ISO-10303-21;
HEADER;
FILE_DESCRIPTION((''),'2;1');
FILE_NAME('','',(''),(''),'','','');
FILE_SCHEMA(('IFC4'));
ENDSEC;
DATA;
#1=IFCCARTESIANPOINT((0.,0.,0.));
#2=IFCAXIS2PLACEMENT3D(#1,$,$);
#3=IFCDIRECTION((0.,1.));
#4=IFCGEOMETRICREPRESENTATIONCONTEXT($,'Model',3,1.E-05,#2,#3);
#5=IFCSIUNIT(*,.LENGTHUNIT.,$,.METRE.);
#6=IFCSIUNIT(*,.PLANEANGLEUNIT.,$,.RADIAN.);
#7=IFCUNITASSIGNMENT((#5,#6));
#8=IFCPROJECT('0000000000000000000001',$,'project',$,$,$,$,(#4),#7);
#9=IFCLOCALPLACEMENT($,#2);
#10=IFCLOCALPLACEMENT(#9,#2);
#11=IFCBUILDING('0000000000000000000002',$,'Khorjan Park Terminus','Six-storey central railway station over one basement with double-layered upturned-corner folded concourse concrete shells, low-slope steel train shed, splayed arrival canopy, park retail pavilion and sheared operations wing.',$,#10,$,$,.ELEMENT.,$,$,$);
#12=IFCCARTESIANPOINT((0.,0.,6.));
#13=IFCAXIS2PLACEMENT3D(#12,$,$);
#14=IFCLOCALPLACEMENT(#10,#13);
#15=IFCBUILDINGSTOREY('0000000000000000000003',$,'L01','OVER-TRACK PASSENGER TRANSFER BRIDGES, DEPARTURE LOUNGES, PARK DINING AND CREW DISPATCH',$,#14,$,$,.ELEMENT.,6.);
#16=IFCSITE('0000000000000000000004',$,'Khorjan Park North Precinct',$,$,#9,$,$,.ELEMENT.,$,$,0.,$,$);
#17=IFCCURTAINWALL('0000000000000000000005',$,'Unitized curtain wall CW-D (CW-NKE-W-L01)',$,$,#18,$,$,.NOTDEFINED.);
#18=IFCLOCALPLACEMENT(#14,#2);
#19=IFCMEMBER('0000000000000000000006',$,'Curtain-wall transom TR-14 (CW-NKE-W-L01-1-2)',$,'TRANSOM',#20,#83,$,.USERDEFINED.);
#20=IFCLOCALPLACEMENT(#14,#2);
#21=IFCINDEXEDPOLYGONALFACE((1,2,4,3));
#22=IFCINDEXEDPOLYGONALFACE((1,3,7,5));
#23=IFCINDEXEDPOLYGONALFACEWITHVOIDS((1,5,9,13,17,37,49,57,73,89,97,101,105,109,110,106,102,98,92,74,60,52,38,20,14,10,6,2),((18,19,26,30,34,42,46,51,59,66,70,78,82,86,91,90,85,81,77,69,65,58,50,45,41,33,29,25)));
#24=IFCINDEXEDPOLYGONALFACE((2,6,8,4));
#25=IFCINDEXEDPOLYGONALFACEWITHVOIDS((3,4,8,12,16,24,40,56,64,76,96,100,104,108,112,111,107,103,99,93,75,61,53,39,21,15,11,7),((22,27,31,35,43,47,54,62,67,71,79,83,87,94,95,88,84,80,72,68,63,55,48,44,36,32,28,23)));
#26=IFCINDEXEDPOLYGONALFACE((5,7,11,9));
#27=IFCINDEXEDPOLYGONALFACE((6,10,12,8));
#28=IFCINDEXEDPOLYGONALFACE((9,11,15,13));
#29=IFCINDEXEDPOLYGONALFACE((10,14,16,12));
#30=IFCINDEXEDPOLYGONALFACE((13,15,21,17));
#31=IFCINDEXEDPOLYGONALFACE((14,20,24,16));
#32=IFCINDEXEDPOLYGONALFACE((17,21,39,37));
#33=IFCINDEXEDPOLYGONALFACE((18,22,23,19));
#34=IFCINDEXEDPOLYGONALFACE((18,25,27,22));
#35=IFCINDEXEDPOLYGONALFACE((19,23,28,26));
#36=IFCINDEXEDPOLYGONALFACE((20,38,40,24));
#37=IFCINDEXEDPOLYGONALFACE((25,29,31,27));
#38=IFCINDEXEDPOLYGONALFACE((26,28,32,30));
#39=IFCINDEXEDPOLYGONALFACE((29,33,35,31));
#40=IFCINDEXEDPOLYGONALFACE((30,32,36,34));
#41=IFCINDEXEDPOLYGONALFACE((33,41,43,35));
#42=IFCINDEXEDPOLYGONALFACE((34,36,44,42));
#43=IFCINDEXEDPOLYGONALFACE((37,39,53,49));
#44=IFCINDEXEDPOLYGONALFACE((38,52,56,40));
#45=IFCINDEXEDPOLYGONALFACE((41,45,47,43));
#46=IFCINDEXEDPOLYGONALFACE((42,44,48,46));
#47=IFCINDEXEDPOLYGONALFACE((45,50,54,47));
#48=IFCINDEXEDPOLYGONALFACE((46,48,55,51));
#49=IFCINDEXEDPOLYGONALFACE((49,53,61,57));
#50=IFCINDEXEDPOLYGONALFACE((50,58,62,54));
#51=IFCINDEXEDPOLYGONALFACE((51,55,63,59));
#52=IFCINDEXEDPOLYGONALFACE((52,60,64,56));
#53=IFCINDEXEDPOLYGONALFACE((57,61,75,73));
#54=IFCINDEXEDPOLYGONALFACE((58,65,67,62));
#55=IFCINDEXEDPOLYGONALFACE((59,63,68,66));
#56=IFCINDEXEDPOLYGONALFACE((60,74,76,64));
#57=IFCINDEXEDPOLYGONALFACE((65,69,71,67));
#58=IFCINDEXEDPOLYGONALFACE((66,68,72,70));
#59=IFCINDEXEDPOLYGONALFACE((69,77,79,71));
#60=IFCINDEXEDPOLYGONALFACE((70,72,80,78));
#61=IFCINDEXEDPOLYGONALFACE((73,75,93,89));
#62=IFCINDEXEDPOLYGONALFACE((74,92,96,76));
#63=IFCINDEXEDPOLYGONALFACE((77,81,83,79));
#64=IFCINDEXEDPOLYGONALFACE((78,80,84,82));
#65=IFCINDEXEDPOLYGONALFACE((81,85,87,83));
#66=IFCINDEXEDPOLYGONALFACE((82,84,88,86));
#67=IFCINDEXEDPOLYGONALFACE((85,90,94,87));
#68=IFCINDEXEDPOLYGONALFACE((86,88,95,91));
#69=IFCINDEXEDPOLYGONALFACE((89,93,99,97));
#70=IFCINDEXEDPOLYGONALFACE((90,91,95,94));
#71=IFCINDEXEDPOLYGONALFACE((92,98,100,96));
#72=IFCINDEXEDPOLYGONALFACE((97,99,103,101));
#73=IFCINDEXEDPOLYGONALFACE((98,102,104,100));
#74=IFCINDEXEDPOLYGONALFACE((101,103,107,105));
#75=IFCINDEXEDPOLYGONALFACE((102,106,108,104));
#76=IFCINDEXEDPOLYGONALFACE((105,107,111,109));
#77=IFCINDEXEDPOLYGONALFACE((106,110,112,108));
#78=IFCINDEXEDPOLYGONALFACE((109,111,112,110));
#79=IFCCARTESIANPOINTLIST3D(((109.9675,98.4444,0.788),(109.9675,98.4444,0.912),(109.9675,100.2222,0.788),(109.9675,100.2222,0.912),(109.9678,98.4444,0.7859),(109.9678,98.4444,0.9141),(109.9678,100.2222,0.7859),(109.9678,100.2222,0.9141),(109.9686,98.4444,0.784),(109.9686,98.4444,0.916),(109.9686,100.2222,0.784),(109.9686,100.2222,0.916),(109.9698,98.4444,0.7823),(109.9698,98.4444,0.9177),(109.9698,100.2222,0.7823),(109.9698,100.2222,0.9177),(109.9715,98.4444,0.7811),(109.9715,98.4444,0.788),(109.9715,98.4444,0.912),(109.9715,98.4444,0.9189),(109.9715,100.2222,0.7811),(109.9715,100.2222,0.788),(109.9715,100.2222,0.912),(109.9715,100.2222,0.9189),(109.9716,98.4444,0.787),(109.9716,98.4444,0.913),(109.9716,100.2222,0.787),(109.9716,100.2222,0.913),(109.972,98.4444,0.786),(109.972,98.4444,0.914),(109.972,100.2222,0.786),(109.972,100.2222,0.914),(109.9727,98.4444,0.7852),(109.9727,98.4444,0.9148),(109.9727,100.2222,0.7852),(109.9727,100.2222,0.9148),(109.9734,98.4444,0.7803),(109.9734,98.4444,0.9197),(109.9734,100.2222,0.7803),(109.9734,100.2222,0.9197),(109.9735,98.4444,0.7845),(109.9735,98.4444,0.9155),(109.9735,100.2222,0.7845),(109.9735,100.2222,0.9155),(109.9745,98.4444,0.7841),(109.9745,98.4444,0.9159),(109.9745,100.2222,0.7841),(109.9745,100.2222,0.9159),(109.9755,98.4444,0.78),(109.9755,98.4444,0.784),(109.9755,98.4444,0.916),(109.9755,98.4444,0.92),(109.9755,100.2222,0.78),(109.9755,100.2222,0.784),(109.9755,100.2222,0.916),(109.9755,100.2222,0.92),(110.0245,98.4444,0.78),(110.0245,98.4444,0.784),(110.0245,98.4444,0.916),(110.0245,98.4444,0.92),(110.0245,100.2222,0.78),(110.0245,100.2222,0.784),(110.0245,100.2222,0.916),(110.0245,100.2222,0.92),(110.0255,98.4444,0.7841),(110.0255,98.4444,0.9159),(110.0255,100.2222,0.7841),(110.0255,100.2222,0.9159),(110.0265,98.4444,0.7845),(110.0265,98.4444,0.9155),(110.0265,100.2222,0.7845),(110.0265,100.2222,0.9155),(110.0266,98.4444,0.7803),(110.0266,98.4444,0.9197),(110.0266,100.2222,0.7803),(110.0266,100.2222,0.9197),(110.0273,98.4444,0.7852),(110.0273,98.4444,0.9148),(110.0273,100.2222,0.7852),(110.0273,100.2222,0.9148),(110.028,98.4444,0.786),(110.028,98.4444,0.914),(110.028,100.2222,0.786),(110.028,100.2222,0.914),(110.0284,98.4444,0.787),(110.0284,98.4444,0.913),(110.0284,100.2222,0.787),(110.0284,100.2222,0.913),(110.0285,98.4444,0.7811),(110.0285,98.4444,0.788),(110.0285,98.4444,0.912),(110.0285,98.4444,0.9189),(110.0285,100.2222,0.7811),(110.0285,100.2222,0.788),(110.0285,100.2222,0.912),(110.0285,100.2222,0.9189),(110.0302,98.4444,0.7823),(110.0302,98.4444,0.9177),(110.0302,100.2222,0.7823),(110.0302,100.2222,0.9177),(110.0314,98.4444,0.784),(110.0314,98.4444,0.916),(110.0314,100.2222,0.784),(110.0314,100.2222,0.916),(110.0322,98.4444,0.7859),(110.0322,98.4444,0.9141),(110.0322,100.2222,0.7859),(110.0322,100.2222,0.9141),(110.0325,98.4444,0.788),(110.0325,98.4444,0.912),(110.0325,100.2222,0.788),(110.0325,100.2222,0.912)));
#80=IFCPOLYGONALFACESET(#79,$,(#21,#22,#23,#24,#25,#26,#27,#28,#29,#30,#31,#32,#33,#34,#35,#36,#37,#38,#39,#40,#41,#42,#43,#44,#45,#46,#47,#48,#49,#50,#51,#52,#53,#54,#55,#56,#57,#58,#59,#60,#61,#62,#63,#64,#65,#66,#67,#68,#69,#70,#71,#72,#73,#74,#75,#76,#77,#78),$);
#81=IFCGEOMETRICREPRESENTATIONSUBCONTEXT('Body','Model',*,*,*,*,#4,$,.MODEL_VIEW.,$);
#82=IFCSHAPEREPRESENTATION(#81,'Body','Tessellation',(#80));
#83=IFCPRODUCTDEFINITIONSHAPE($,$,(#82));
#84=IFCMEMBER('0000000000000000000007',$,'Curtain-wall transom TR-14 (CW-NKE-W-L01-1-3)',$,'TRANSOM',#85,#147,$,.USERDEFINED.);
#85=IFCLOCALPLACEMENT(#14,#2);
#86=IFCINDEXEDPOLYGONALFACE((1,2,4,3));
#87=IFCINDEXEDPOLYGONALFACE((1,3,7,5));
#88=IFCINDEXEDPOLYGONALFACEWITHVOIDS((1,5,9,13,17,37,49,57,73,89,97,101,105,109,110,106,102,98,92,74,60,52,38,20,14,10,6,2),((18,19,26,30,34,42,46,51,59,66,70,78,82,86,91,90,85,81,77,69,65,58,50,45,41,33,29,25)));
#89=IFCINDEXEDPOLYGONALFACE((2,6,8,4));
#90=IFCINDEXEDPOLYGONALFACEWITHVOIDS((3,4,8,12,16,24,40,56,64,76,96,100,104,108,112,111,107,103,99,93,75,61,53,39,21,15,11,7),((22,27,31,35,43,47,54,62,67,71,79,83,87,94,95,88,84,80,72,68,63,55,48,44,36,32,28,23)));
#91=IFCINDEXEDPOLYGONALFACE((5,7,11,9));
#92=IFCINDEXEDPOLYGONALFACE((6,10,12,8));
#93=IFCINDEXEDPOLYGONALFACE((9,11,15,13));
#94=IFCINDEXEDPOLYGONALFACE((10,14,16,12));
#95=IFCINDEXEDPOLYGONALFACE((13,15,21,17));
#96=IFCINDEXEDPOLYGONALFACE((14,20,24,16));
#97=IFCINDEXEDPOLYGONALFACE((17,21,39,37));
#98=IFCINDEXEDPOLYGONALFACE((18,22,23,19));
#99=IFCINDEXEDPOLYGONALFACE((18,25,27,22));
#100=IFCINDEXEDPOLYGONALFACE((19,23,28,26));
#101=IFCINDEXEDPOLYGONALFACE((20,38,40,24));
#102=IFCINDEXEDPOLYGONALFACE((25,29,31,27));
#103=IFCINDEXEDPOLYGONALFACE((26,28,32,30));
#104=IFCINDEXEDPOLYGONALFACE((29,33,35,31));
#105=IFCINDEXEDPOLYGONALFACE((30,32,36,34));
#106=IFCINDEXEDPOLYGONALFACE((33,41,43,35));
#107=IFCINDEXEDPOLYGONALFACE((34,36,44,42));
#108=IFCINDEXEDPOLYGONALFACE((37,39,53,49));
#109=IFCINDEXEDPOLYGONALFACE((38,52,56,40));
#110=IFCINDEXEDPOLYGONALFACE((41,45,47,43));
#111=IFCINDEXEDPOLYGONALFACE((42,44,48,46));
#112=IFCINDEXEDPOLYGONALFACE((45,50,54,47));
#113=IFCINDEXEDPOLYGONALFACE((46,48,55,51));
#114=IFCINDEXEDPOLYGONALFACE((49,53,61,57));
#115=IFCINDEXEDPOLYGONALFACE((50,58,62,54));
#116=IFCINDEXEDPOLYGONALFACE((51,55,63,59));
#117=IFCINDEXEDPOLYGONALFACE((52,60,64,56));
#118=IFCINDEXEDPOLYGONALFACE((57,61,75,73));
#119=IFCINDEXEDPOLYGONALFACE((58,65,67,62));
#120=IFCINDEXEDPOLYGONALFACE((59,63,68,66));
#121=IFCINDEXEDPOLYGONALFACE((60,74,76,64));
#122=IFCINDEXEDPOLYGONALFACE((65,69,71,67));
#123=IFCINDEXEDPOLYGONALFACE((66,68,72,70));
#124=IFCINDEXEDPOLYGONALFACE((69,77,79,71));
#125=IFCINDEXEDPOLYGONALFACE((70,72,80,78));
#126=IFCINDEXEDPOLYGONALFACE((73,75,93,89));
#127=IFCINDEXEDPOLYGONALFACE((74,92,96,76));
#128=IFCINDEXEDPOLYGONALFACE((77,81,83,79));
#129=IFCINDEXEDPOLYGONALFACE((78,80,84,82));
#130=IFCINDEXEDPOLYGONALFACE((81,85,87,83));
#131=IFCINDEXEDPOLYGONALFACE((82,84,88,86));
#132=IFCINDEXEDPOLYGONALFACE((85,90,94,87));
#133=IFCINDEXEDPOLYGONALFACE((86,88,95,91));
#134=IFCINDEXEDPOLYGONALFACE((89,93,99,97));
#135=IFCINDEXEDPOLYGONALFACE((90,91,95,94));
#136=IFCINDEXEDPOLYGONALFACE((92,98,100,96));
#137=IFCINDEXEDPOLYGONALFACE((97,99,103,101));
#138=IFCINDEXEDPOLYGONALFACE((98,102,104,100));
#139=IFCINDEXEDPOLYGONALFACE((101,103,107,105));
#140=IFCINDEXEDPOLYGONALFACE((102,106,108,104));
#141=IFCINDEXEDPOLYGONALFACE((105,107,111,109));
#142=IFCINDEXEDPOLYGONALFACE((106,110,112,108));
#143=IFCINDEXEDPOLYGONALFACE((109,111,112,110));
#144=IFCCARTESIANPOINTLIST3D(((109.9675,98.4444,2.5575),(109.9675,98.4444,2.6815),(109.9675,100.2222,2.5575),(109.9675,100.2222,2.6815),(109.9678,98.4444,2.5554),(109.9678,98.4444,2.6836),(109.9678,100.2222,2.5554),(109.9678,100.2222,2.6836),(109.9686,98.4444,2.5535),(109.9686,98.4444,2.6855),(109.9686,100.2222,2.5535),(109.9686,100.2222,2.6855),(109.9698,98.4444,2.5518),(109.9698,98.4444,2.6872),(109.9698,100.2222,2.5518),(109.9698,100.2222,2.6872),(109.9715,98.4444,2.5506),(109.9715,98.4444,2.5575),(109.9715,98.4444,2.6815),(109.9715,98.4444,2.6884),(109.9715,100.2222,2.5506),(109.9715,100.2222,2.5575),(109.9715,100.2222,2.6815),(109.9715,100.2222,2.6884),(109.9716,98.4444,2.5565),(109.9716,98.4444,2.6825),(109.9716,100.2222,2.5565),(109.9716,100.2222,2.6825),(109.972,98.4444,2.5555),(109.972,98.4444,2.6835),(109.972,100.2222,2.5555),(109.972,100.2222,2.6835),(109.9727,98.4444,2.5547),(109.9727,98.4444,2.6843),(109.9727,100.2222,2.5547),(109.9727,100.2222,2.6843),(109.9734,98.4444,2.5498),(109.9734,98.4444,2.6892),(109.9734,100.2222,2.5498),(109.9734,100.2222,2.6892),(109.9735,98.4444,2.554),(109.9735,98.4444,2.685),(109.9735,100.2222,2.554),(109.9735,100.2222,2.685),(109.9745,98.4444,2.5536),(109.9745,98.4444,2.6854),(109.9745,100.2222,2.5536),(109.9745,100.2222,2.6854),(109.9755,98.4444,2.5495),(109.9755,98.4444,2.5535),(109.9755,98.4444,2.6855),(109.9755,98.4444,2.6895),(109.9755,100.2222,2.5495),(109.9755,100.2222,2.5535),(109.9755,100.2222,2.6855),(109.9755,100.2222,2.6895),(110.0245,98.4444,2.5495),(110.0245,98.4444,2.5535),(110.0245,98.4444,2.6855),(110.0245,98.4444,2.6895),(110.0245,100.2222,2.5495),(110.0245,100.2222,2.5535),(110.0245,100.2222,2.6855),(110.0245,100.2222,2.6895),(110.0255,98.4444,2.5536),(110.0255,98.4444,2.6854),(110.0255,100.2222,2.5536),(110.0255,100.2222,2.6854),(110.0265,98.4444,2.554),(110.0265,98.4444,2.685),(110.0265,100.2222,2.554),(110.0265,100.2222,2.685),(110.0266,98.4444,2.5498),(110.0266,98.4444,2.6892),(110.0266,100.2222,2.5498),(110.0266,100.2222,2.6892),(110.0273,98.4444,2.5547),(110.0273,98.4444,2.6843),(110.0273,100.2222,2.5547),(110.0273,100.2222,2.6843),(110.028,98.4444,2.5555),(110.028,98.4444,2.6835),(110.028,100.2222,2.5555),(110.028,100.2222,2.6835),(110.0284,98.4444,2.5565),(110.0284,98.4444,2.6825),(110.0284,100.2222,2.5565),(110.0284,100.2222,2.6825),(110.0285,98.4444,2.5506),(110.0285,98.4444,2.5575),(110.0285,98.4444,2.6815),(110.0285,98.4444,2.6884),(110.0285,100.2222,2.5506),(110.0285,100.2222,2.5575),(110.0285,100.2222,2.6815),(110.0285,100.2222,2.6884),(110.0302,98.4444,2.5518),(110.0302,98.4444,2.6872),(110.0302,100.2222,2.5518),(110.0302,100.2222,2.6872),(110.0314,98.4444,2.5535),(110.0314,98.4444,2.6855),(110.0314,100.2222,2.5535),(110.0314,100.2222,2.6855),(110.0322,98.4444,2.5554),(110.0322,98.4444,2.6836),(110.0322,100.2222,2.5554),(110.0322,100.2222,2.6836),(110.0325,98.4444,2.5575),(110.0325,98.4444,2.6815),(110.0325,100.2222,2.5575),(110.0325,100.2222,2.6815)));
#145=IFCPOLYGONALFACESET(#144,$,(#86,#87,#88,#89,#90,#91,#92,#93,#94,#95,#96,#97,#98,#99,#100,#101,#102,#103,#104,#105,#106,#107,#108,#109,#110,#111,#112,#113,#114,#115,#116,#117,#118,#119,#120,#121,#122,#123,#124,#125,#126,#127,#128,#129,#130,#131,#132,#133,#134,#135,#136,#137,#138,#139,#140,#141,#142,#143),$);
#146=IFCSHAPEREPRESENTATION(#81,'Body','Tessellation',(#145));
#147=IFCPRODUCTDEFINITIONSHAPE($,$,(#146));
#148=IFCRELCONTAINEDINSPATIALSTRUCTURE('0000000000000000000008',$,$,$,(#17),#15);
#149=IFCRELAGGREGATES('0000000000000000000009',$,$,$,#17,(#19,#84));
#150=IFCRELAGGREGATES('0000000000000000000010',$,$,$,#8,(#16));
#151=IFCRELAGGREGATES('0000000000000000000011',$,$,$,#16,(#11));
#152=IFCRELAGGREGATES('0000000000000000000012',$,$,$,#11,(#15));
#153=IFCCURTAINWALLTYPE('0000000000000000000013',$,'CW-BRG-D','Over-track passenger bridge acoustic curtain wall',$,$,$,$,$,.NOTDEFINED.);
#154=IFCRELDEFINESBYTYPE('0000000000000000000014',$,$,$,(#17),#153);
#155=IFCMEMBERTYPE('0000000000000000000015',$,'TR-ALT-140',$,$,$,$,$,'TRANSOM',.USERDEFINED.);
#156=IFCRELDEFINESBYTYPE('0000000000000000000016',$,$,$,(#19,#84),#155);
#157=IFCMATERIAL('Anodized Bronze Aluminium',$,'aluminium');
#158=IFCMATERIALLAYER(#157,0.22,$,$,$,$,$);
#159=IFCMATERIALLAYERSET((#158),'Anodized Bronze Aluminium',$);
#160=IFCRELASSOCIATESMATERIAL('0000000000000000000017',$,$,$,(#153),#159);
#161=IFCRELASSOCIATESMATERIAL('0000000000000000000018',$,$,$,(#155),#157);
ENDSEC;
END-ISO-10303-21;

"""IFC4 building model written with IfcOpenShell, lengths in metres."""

from ifc_helpers import new_model, si_unit, direction, frame, origin, origin_2d, place, context, subcontext, project, spatial, hollow_rectangle, extrude, material, layer, layer_set, material_profile, profile_set, type_object, element, aggregate, save


model = new_model("IFC4")

# Units and contexts
model_context = context("Model", 3, precision=1e-05, world=origin(), true_north=direction((0.0, 1.0)))
body_context = subcontext(model_context, "Body", "Model", "MODEL_VIEW")
ifc_project = project(units=[si_unit("LENGTHUNIT", "METRE"), si_unit("PLANEANGLEUNIT", "RADIAN")], contexts=[model_context])

# Site, building, storey
site_placement = place(None, origin())
site = spatial("IfcSite", under=ifc_project, at=site_placement, Name="Khorjan Park North Precinct", CompositionType="ELEMENT", RefElevation=0.0)
building_placement = place(site_placement, origin())
building = spatial("IfcBuilding", under=site, at=building_placement, Name="Khorjan Park Terminus", Description="Six-storey central railway station over one basement with double-layered upturned-corner folded concourse concrete shells, low-slope steel train shed, splayed arrival canopy, park retail pavilion and sheared operations wing.", CompositionType="ELEMENT")
storey_placement = place(building_placement, frame((0.0, 0.0, 6.0)))
storey = spatial("IfcBuildingStorey", under=building, at=storey_placement, Name="L01", Description="OVER-TRACK PASSENGER TRANSFER BRIDGES, DEPARTURE LOUNGES, PARK DINING AND CREW DISPATCH", CompositionType="ELEMENT", Elevation=6.0)

# Curtain wall
ifc_material_1 = material(Name="Anodized Bronze Aluminium", Category="aluminium")
ifc_layer_1 = layer(ifc_material_1, 0.22)
ifc_layer_set_1 = layer_set([ifc_layer_1], Name="Anodized Bronze Aluminium")
curtain_wall_type = type_object("IfcCurtainWallType", Name="CW-BRG-D", Description="Over-track passenger bridge acoustic curtain wall", PredefinedType="NOTDEFINED", material=ifc_layer_set_1)
curtain_wall_1_placement = place(storey_placement, origin())
curtain_wall_1 = element("IfcCurtainWall", 1, at=curtain_wall_1_placement, inside=storey, type_object=curtain_wall_type, Name="Unitized curtain wall CW-D (CW-NKE-W-L01)", PredefinedType="NOTDEFINED")

# Members
ifc_material_profile_1 = material_profile(ifc_material_1, hollow_rectangle(XDim=0.065, YDim=0.14, WallThickness=0.004, InnerFilletRadius=0.004, OuterFilletRadius=0.008, at=origin_2d()), Name="ALT 65x140x4")
ifc_profile_set_1 = profile_set([ifc_material_profile_1], Name="Anodized Bronze Aluminium")
member_type_1 = type_object("IfcMemberType", Name="TR-ALT-140", ElementType="TRANSOM", PredefinedType="USERDEFINED", material=ifc_profile_set_1)
member_1_placement = place(storey_placement, frame((110.0, 100.2222, 0.85), z_axis=(0.0, -1.0, 0.0), x_axis=(1.0, 0.0, 0.0)))
member_1 = element("IfcMember", 2, at=member_1_placement, type_object=member_type_1, Name="Curtain-wall transom TR-14 (CW-NKE-W-L01-1-2)", ObjectType="TRANSOM", PredefinedType="USERDEFINED", context=body_context, shape_type="SweptSolid", body=[
    extrude(hollow_rectangle(XDim=0.065, YDim=0.14, WallThickness=0.004, InnerFilletRadius=0.004, OuterFilletRadius=0.008, at=origin_2d()), origin(), (0.0, 0.0, 1.0), 1.7778),
])
member_2_placement = place(storey_placement, frame((110.0, 100.2222, 2.6195), z_axis=(0.0, -1.0, 0.0), x_axis=(1.0, 0.0, 0.0)))
member_2 = element("IfcMember", 3, at=member_2_placement, type_object=member_type_1, Name="Curtain-wall transom TR-14 (CW-NKE-W-L01-1-3)", ObjectType="TRANSOM", PredefinedType="USERDEFINED", context=body_context, shape_type="SweptSolid", body=[
    extrude(hollow_rectangle(XDim=0.065, YDim=0.14, WallThickness=0.004, InnerFilletRadius=0.004, OuterFilletRadius=0.008, at=origin_2d()), origin(), (0.0, 0.0, 1.0), 1.7778),
])

aggregate(curtain_wall_1, [member_1, member_2])

save(model, "model.ifc")
